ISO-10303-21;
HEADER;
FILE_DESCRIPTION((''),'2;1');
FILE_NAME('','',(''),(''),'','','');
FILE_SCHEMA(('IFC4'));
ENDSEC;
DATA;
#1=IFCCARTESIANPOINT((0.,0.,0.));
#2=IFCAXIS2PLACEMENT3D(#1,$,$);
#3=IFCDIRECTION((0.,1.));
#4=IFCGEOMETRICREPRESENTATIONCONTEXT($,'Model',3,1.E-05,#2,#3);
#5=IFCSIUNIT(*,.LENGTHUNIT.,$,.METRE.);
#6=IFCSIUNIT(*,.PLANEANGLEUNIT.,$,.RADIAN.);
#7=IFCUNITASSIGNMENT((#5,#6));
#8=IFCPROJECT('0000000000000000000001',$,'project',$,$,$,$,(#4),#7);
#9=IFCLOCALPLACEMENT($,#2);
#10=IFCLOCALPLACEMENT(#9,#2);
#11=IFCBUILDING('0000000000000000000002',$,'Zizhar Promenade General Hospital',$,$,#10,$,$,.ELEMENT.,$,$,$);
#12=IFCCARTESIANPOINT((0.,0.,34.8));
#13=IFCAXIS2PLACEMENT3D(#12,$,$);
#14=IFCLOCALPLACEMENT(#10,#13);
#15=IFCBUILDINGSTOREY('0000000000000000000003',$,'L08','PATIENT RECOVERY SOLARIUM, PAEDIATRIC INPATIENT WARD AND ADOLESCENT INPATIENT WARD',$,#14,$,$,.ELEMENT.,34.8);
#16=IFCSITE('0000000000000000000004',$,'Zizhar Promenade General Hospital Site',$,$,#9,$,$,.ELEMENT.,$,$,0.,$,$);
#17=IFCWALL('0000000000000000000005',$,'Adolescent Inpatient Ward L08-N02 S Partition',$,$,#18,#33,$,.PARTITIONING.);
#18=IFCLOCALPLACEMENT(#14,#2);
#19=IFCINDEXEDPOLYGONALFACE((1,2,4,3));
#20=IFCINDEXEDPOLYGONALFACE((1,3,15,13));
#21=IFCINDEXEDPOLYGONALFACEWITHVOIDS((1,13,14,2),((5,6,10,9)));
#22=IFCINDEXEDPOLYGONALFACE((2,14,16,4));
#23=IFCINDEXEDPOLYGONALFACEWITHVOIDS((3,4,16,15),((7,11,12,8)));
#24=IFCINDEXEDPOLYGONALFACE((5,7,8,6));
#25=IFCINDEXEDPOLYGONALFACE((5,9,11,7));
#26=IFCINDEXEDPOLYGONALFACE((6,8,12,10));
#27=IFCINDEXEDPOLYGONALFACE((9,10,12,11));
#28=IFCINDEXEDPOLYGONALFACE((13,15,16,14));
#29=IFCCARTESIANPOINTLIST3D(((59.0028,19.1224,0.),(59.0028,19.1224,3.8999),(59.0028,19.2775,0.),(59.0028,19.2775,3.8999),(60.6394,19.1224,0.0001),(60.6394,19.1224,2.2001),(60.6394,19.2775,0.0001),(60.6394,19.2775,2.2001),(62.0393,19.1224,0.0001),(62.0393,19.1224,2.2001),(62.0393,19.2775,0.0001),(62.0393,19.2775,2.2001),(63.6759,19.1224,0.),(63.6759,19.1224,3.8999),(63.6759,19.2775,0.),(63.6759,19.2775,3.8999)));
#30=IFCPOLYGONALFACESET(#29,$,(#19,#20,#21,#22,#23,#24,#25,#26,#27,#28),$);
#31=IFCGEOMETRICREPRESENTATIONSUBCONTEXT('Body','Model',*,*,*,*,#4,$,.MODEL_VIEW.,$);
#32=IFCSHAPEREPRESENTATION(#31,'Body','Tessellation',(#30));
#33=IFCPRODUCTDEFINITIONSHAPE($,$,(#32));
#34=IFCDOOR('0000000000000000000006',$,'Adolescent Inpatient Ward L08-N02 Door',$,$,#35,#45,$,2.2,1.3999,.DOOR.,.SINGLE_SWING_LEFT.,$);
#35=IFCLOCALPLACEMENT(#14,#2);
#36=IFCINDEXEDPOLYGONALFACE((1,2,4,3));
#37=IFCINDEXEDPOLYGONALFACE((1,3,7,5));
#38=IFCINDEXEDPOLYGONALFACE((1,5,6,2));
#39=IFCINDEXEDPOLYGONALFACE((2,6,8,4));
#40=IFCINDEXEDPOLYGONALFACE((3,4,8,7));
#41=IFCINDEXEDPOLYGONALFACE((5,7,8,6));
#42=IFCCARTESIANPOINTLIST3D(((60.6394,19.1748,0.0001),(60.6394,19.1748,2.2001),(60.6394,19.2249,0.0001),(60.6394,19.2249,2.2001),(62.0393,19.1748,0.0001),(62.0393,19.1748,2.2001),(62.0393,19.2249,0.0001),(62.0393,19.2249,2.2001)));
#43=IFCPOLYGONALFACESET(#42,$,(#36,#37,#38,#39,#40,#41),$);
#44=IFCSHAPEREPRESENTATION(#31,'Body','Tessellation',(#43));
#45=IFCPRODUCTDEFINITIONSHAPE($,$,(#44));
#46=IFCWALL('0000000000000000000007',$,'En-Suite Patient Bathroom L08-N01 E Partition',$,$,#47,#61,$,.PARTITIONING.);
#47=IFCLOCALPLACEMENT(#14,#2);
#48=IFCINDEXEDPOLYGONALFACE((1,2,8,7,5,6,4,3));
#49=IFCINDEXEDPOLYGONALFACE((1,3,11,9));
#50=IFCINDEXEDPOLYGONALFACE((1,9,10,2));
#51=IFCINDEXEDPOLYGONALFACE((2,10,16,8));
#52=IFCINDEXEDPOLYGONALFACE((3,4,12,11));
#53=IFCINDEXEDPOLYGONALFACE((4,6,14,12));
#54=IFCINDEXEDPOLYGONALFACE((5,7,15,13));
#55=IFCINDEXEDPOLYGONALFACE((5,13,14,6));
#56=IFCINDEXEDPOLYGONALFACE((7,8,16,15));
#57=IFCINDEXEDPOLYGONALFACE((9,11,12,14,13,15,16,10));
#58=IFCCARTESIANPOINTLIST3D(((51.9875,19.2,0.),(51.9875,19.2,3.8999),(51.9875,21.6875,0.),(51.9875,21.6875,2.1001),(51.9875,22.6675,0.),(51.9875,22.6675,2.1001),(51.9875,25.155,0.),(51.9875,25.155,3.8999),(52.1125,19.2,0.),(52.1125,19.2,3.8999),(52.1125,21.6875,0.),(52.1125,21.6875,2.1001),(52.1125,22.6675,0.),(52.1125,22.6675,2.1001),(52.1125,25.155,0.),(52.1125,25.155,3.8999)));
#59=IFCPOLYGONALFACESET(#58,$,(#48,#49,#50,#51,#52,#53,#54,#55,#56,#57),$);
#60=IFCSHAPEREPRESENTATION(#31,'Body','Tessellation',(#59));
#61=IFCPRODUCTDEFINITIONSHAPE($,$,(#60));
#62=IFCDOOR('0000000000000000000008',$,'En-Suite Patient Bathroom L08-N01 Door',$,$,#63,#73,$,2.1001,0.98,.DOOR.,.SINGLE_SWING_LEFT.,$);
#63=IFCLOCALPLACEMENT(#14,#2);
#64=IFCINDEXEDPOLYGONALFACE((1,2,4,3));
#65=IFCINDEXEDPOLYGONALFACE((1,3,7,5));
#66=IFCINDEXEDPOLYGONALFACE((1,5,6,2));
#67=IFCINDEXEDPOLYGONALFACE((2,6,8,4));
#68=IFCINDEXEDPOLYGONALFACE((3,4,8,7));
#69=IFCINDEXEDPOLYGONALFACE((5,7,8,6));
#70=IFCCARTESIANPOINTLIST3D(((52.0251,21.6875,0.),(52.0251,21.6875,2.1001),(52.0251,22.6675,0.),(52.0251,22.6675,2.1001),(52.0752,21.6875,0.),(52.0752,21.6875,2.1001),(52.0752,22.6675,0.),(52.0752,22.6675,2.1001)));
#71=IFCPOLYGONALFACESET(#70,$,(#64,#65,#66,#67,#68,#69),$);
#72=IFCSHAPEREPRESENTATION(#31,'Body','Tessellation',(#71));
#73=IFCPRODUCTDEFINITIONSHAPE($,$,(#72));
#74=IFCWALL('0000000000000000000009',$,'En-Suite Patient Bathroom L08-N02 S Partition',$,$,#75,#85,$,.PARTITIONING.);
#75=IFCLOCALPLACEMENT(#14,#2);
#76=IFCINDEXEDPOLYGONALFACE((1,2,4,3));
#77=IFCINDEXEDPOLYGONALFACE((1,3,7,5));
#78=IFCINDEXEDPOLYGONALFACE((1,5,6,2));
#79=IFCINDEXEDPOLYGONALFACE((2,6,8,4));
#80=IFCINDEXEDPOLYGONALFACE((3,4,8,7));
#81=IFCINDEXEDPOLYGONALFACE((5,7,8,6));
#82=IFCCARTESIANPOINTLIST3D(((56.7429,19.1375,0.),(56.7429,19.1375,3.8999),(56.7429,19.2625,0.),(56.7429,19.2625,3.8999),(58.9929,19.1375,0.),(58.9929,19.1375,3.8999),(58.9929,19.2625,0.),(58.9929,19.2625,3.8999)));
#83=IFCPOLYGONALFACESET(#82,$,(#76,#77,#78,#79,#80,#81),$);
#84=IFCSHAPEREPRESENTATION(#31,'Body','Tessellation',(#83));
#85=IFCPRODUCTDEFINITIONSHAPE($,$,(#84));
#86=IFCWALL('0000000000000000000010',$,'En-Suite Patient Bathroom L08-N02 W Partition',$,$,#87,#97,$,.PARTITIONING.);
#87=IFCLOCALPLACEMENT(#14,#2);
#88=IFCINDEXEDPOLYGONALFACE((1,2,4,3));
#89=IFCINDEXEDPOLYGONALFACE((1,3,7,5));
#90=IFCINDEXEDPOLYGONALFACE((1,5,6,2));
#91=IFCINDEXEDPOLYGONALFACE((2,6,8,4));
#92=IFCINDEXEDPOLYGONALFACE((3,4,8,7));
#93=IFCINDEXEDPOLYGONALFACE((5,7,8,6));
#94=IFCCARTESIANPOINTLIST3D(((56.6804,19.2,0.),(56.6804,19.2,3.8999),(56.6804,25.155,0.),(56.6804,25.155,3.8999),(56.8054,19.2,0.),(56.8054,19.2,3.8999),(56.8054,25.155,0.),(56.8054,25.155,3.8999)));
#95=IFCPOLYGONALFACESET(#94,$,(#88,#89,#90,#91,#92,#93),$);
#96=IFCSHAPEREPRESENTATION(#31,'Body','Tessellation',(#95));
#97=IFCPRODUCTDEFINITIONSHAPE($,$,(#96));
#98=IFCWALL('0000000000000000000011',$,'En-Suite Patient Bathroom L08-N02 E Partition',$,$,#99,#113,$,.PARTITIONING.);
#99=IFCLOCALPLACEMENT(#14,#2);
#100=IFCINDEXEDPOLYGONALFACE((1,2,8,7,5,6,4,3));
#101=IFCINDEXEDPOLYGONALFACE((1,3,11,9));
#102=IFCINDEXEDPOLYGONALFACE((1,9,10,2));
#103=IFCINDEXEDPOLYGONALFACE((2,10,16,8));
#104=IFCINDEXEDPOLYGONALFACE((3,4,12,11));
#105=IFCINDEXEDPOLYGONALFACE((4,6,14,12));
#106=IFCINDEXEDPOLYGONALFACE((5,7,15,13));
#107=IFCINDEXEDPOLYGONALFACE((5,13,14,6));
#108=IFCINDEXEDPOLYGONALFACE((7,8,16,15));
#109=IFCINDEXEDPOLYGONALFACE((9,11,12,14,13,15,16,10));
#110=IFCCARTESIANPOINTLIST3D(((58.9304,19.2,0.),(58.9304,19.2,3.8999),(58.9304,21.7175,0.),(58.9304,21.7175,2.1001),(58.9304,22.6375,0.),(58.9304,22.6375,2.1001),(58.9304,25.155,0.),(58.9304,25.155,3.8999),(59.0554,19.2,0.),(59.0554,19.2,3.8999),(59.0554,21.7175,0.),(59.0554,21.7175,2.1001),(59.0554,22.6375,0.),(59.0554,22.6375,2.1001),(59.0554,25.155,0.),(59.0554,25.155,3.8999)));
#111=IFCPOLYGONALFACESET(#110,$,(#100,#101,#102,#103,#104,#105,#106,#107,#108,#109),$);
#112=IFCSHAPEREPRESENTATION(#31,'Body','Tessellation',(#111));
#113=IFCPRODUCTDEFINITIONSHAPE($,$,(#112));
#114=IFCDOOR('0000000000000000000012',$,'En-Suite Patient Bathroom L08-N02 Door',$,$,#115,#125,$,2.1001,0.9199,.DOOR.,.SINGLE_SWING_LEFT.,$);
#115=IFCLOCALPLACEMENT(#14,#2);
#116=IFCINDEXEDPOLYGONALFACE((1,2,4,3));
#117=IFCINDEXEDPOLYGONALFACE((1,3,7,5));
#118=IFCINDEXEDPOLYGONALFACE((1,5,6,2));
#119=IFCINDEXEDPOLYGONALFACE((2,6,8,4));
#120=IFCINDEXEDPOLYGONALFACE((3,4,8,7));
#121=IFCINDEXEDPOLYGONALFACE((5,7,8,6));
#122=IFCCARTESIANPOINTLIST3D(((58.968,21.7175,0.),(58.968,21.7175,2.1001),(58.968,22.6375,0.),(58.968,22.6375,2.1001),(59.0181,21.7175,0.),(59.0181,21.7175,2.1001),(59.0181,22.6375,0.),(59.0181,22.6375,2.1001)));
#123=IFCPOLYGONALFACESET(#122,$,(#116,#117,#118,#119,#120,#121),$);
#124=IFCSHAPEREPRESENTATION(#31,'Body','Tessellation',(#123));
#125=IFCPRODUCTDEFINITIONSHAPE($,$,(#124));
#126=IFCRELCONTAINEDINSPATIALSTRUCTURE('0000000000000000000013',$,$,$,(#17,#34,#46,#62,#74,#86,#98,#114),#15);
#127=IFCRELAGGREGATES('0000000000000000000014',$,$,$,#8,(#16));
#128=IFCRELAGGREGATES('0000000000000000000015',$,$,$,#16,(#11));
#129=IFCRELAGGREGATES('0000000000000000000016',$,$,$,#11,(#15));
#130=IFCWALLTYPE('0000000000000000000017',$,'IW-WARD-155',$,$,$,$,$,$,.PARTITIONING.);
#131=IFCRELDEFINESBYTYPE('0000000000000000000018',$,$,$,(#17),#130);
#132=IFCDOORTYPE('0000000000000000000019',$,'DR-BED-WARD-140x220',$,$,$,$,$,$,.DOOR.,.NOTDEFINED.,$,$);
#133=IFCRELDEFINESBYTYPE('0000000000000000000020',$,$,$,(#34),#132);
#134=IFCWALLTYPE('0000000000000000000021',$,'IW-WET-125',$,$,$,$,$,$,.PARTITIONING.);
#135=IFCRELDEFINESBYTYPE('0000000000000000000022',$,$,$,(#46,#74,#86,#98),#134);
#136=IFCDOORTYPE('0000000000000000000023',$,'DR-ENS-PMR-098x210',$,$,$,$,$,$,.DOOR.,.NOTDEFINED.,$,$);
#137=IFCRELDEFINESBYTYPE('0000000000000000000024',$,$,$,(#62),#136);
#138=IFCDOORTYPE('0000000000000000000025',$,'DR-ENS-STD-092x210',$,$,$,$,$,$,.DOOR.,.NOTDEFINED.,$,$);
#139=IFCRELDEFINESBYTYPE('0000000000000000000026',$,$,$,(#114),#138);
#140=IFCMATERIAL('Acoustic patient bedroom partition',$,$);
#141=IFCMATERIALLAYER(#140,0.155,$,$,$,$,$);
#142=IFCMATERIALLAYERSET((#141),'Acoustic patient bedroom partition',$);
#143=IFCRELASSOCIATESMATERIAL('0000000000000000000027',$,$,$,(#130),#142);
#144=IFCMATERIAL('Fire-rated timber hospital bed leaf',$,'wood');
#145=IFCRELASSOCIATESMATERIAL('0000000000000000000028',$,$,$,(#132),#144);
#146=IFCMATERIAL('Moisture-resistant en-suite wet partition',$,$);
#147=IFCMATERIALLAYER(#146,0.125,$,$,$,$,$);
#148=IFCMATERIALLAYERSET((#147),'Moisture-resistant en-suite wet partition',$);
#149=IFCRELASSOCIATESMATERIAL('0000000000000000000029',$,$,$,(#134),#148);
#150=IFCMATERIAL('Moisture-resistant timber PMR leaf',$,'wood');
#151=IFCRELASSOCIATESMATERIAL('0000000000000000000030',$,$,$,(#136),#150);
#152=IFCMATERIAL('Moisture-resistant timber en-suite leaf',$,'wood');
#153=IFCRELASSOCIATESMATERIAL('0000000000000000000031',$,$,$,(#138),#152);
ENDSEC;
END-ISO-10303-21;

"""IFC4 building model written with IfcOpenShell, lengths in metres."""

from ifc_helpers import new_model, si_unit, direction, frame, frame_2d, origin, place, context, subcontext, project, spatial, rectangle, extrude, material, layer, layer_set, type_object, element, fill, save


model = new_model("IFC4")

# Units and contexts
model_context = context("Model", 3, precision=1e-05, world=origin(), true_north=direction((0.0, 1.0)))
body_context = subcontext(model_context, "Body", "Model", "MODEL_VIEW")
ifc_project = project(units=[si_unit("LENGTHUNIT", "METRE"), si_unit("PLANEANGLEUNIT", "RADIAN")], contexts=[model_context])

# Site, building, storey
site_placement = place(None, origin())
site = spatial("IfcSite", under=ifc_project, at=site_placement, Name="Zizhar Promenade General Hospital Site", CompositionType="ELEMENT", RefElevation=0.0)
building_placement = place(site_placement, origin())
building = spatial("IfcBuilding", under=site, at=building_placement, Name="Zizhar Promenade General Hospital", CompositionType="ELEMENT")
storey_placement = place(building_placement, frame((0.0, 0.0, 34.8)))
storey = spatial("IfcBuildingStorey", under=building, at=storey_placement, Name="L08", Description="PATIENT RECOVERY SOLARIUM, PAEDIATRIC INPATIENT WARD AND ADOLESCENT INPATIENT WARD", CompositionType="ELEMENT", Elevation=34.8)

# Walls, openings, doors
ifc_material_1 = material(Name="Acoustic patient bedroom partition")
ifc_layer_1 = layer(ifc_material_1, 0.155)
ifc_layer_set_1 = layer_set([ifc_layer_1], Name="Acoustic patient bedroom partition")
wall_type_1 = type_object("IfcWallType", Name="IW-WARD-155", PredefinedType="PARTITIONING", material=ifc_layer_set_1)
wall_1_placement = place(storey_placement, frame((59.0029, 19.2, 0.0), z_axis=(0.0, 0.0, 1.0), x_axis=(1.0, 0.0, 0.0)))
wall_1 = element("IfcWall", 1, at=wall_1_placement, inside=storey, type_object=wall_type_1, Name="Adolescent Inpatient Ward L08-N02 S Partition", PredefinedType="PARTITIONING", context=body_context, shape_type="SweptSolid", body=[
    extrude(rectangle(XDim=4.6731, YDim=0.155, at=frame_2d((2.3364, 0.0))), origin(), (0.0, 0.0, 1.0), 3.8999),
])
opening_1_placement = place(wall_1_placement, frame((1.6365, 0.0, 0.0)))
opening_1 = element("IfcOpeningElement", 2, at=opening_1_placement, cuts=wall_1, PredefinedType="OPENING", context=body_context, shape_type="SweptSolid", body=[
    extrude(rectangle(XDim=1.3999, YDim=2.2, at=frame_2d((0.7, 1.1001))), frame((0.0, 0.0874, 0.0), z_axis=(0.0, -1.0, 0.0), x_axis=(1.0, 0.0, 0.0)), (0.0, 0.0, 1.0), 0.175),
])
ifc_material_2 = material(Name="Fire-rated timber hospital bed leaf", Category="wood")
door_type_1 = type_object("IfcDoorType", Name="DR-BED-WARD-140x220", OperationType="NOTDEFINED", PredefinedType="DOOR", material=ifc_material_2)
door_1_placement = place(opening_1_placement, origin())
door_1 = element("IfcDoor", 3, at=door_1_placement, inside=storey, type_object=door_type_1, Name="Adolescent Inpatient Ward L08-N02 Door", OperationType="SINGLE_SWING_LEFT", OverallHeight=2.2, OverallWidth=1.3999, PredefinedType="DOOR", context=body_context, shape_type="SweptSolid", body=[
    extrude(rectangle(XDim=1.3999, YDim=2.2, at=frame_2d((0.7, 1.1001))), frame((0.0, 0.0249, 0.0), z_axis=(0.0, -1.0, 0.0), x_axis=(1.0, 0.0, 0.0)), (0.0, 0.0, 1.0), 0.05),
])
fill(opening_1, door_1)
ifc_material_3 = material(Name="Moisture-resistant en-suite wet partition")
ifc_layer_2 = layer(ifc_material_3, 0.125)
ifc_layer_set_2 = layer_set([ifc_layer_2], Name="Moisture-resistant en-suite wet partition")
wall_type_2 = type_object("IfcWallType", Name="IW-WET-125", PredefinedType="PARTITIONING", material=ifc_layer_set_2)
wall_2_placement = place(storey_placement, frame((52.05, 19.2, 0.0), z_axis=(0.0, 0.0, 1.0), x_axis=(0.0, 1.0, 0.0)))
wall_2 = element("IfcWall", 4, at=wall_2_placement, inside=storey, type_object=wall_type_2, Name="En-Suite Patient Bathroom L08-N01 E Partition", PredefinedType="PARTITIONING", context=body_context, shape_type="SweptSolid", body=[
    extrude(rectangle(XDim=5.9551, YDim=0.125, at=frame_2d((2.9775, 0.0))), origin(), (0.0, 0.0, 1.0), 3.8999),
])
opening_2_placement = place(wall_2_placement, frame((2.4875, 0.0, 0.0)))
opening_2 = element("IfcOpeningElement", 5, at=opening_2_placement, cuts=wall_2, PredefinedType="OPENING", context=body_context, shape_type="SweptSolid", body=[
    extrude(rectangle(XDim=0.98, YDim=2.1001, at=frame_2d((0.49, 1.05))), frame((0.0, 0.0725, 0.0), z_axis=(0.0, -1.0, 0.0), x_axis=(1.0, 0.0, 0.0)), (0.0, 0.0, 1.0), 0.145),
])
ifc_material_4 = material(Name="Moisture-resistant timber PMR leaf", Category="wood")
door_type_2 = type_object("IfcDoorType", Name="DR-ENS-PMR-098x210", OperationType="NOTDEFINED", PredefinedType="DOOR", material=ifc_material_4)
door_2_placement = place(opening_2_placement, origin())
door_2 = element("IfcDoor", 6, at=door_2_placement, inside=storey, type_object=door_type_2, Name="En-Suite Patient Bathroom L08-N01 Door", OperationType="SINGLE_SWING_LEFT", OverallHeight=2.1001, OverallWidth=0.98, PredefinedType="DOOR", context=body_context, shape_type="SweptSolid", body=[
    extrude(rectangle(XDim=0.98, YDim=2.1001, at=frame_2d((0.49, 1.05))), frame((0.0, 0.0249, 0.0), z_axis=(0.0, -1.0, 0.0), x_axis=(1.0, 0.0, 0.0)), (0.0, 0.0, 1.0), 0.05),
])
fill(opening_2, door_2)

# Walls
wall_3_placement = place(storey_placement, frame((56.7429, 19.2, 0.0), z_axis=(0.0, 0.0, 1.0), x_axis=(1.0, 0.0, 0.0)))
element("IfcWall", 7, at=wall_3_placement, inside=storey, type_object=wall_type_2, Name="En-Suite Patient Bathroom L08-N02 S Partition", PredefinedType="PARTITIONING", context=body_context, shape_type="SweptSolid", body=[
    extrude(rectangle(XDim=2.25, YDim=0.125, at=frame_2d((1.125, 0.0))), origin(), (0.0, 0.0, 1.0), 3.8999),
])
wall_4_placement = place(storey_placement, frame((56.7429, 19.2, 0.0), z_axis=(0.0, 0.0, 1.0), x_axis=(0.0, 1.0, 0.0)))
element("IfcWall", 8, at=wall_4_placement, inside=storey, type_object=wall_type_2, Name="En-Suite Patient Bathroom L08-N02 W Partition", PredefinedType="PARTITIONING", context=body_context, shape_type="SweptSolid", body=[
    extrude(rectangle(XDim=5.9551, YDim=0.125, at=frame_2d((2.9775, 0.0))), origin(), (0.0, 0.0, 1.0), 3.8999),
])

# Wall, opening, door
wall_5_placement = place(storey_placement, frame((58.9929, 19.2, 0.0), z_axis=(0.0, 0.0, 1.0), x_axis=(0.0, 1.0, 0.0)))
wall_5 = element("IfcWall", 9, at=wall_5_placement, inside=storey, type_object=wall_type_2, Name="En-Suite Patient Bathroom L08-N02 E Partition", PredefinedType="PARTITIONING", context=body_context, shape_type="SweptSolid", body=[
    extrude(rectangle(XDim=5.9551, YDim=0.125, at=frame_2d((2.9775, 0.0))), origin(), (0.0, 0.0, 1.0), 3.8999),
])
opening_3_placement = place(wall_5_placement, frame((2.5176, 0.0, 0.0)))
opening_3 = element("IfcOpeningElement", 10, at=opening_3_placement, cuts=wall_5, PredefinedType="OPENING", context=body_context, shape_type="SweptSolid", body=[
    extrude(rectangle(XDim=0.9199, YDim=2.1001, at=frame_2d((0.46, 1.05))), frame((0.0, 0.0725, 0.0), z_axis=(0.0, -1.0, 0.0), x_axis=(1.0, 0.0, 0.0)), (0.0, 0.0, 1.0), 0.145),
])
ifc_material_5 = material(Name="Moisture-resistant timber en-suite leaf", Category="wood")
door_type_3 = type_object("IfcDoorType", Name="DR-ENS-STD-092x210", OperationType="NOTDEFINED", PredefinedType="DOOR", material=ifc_material_5)
door_3_placement = place(opening_3_placement, origin())
door_3 = element("IfcDoor", 11, at=door_3_placement, inside=storey, type_object=door_type_3, Name="En-Suite Patient Bathroom L08-N02 Door", OperationType="SINGLE_SWING_LEFT", OverallHeight=2.1001, OverallWidth=0.9199, PredefinedType="DOOR", context=body_context, shape_type="SweptSolid", body=[
    extrude(rectangle(XDim=0.9199, YDim=2.1001, at=frame_2d((0.46, 1.05))), frame((0.0, 0.0249, 0.0), z_axis=(0.0, -1.0, 0.0), x_axis=(1.0, 0.0, 0.0)), (0.0, 0.0, 1.0), 0.05),
])
fill(opening_3, door_3)

save(model, "model.ifc")
